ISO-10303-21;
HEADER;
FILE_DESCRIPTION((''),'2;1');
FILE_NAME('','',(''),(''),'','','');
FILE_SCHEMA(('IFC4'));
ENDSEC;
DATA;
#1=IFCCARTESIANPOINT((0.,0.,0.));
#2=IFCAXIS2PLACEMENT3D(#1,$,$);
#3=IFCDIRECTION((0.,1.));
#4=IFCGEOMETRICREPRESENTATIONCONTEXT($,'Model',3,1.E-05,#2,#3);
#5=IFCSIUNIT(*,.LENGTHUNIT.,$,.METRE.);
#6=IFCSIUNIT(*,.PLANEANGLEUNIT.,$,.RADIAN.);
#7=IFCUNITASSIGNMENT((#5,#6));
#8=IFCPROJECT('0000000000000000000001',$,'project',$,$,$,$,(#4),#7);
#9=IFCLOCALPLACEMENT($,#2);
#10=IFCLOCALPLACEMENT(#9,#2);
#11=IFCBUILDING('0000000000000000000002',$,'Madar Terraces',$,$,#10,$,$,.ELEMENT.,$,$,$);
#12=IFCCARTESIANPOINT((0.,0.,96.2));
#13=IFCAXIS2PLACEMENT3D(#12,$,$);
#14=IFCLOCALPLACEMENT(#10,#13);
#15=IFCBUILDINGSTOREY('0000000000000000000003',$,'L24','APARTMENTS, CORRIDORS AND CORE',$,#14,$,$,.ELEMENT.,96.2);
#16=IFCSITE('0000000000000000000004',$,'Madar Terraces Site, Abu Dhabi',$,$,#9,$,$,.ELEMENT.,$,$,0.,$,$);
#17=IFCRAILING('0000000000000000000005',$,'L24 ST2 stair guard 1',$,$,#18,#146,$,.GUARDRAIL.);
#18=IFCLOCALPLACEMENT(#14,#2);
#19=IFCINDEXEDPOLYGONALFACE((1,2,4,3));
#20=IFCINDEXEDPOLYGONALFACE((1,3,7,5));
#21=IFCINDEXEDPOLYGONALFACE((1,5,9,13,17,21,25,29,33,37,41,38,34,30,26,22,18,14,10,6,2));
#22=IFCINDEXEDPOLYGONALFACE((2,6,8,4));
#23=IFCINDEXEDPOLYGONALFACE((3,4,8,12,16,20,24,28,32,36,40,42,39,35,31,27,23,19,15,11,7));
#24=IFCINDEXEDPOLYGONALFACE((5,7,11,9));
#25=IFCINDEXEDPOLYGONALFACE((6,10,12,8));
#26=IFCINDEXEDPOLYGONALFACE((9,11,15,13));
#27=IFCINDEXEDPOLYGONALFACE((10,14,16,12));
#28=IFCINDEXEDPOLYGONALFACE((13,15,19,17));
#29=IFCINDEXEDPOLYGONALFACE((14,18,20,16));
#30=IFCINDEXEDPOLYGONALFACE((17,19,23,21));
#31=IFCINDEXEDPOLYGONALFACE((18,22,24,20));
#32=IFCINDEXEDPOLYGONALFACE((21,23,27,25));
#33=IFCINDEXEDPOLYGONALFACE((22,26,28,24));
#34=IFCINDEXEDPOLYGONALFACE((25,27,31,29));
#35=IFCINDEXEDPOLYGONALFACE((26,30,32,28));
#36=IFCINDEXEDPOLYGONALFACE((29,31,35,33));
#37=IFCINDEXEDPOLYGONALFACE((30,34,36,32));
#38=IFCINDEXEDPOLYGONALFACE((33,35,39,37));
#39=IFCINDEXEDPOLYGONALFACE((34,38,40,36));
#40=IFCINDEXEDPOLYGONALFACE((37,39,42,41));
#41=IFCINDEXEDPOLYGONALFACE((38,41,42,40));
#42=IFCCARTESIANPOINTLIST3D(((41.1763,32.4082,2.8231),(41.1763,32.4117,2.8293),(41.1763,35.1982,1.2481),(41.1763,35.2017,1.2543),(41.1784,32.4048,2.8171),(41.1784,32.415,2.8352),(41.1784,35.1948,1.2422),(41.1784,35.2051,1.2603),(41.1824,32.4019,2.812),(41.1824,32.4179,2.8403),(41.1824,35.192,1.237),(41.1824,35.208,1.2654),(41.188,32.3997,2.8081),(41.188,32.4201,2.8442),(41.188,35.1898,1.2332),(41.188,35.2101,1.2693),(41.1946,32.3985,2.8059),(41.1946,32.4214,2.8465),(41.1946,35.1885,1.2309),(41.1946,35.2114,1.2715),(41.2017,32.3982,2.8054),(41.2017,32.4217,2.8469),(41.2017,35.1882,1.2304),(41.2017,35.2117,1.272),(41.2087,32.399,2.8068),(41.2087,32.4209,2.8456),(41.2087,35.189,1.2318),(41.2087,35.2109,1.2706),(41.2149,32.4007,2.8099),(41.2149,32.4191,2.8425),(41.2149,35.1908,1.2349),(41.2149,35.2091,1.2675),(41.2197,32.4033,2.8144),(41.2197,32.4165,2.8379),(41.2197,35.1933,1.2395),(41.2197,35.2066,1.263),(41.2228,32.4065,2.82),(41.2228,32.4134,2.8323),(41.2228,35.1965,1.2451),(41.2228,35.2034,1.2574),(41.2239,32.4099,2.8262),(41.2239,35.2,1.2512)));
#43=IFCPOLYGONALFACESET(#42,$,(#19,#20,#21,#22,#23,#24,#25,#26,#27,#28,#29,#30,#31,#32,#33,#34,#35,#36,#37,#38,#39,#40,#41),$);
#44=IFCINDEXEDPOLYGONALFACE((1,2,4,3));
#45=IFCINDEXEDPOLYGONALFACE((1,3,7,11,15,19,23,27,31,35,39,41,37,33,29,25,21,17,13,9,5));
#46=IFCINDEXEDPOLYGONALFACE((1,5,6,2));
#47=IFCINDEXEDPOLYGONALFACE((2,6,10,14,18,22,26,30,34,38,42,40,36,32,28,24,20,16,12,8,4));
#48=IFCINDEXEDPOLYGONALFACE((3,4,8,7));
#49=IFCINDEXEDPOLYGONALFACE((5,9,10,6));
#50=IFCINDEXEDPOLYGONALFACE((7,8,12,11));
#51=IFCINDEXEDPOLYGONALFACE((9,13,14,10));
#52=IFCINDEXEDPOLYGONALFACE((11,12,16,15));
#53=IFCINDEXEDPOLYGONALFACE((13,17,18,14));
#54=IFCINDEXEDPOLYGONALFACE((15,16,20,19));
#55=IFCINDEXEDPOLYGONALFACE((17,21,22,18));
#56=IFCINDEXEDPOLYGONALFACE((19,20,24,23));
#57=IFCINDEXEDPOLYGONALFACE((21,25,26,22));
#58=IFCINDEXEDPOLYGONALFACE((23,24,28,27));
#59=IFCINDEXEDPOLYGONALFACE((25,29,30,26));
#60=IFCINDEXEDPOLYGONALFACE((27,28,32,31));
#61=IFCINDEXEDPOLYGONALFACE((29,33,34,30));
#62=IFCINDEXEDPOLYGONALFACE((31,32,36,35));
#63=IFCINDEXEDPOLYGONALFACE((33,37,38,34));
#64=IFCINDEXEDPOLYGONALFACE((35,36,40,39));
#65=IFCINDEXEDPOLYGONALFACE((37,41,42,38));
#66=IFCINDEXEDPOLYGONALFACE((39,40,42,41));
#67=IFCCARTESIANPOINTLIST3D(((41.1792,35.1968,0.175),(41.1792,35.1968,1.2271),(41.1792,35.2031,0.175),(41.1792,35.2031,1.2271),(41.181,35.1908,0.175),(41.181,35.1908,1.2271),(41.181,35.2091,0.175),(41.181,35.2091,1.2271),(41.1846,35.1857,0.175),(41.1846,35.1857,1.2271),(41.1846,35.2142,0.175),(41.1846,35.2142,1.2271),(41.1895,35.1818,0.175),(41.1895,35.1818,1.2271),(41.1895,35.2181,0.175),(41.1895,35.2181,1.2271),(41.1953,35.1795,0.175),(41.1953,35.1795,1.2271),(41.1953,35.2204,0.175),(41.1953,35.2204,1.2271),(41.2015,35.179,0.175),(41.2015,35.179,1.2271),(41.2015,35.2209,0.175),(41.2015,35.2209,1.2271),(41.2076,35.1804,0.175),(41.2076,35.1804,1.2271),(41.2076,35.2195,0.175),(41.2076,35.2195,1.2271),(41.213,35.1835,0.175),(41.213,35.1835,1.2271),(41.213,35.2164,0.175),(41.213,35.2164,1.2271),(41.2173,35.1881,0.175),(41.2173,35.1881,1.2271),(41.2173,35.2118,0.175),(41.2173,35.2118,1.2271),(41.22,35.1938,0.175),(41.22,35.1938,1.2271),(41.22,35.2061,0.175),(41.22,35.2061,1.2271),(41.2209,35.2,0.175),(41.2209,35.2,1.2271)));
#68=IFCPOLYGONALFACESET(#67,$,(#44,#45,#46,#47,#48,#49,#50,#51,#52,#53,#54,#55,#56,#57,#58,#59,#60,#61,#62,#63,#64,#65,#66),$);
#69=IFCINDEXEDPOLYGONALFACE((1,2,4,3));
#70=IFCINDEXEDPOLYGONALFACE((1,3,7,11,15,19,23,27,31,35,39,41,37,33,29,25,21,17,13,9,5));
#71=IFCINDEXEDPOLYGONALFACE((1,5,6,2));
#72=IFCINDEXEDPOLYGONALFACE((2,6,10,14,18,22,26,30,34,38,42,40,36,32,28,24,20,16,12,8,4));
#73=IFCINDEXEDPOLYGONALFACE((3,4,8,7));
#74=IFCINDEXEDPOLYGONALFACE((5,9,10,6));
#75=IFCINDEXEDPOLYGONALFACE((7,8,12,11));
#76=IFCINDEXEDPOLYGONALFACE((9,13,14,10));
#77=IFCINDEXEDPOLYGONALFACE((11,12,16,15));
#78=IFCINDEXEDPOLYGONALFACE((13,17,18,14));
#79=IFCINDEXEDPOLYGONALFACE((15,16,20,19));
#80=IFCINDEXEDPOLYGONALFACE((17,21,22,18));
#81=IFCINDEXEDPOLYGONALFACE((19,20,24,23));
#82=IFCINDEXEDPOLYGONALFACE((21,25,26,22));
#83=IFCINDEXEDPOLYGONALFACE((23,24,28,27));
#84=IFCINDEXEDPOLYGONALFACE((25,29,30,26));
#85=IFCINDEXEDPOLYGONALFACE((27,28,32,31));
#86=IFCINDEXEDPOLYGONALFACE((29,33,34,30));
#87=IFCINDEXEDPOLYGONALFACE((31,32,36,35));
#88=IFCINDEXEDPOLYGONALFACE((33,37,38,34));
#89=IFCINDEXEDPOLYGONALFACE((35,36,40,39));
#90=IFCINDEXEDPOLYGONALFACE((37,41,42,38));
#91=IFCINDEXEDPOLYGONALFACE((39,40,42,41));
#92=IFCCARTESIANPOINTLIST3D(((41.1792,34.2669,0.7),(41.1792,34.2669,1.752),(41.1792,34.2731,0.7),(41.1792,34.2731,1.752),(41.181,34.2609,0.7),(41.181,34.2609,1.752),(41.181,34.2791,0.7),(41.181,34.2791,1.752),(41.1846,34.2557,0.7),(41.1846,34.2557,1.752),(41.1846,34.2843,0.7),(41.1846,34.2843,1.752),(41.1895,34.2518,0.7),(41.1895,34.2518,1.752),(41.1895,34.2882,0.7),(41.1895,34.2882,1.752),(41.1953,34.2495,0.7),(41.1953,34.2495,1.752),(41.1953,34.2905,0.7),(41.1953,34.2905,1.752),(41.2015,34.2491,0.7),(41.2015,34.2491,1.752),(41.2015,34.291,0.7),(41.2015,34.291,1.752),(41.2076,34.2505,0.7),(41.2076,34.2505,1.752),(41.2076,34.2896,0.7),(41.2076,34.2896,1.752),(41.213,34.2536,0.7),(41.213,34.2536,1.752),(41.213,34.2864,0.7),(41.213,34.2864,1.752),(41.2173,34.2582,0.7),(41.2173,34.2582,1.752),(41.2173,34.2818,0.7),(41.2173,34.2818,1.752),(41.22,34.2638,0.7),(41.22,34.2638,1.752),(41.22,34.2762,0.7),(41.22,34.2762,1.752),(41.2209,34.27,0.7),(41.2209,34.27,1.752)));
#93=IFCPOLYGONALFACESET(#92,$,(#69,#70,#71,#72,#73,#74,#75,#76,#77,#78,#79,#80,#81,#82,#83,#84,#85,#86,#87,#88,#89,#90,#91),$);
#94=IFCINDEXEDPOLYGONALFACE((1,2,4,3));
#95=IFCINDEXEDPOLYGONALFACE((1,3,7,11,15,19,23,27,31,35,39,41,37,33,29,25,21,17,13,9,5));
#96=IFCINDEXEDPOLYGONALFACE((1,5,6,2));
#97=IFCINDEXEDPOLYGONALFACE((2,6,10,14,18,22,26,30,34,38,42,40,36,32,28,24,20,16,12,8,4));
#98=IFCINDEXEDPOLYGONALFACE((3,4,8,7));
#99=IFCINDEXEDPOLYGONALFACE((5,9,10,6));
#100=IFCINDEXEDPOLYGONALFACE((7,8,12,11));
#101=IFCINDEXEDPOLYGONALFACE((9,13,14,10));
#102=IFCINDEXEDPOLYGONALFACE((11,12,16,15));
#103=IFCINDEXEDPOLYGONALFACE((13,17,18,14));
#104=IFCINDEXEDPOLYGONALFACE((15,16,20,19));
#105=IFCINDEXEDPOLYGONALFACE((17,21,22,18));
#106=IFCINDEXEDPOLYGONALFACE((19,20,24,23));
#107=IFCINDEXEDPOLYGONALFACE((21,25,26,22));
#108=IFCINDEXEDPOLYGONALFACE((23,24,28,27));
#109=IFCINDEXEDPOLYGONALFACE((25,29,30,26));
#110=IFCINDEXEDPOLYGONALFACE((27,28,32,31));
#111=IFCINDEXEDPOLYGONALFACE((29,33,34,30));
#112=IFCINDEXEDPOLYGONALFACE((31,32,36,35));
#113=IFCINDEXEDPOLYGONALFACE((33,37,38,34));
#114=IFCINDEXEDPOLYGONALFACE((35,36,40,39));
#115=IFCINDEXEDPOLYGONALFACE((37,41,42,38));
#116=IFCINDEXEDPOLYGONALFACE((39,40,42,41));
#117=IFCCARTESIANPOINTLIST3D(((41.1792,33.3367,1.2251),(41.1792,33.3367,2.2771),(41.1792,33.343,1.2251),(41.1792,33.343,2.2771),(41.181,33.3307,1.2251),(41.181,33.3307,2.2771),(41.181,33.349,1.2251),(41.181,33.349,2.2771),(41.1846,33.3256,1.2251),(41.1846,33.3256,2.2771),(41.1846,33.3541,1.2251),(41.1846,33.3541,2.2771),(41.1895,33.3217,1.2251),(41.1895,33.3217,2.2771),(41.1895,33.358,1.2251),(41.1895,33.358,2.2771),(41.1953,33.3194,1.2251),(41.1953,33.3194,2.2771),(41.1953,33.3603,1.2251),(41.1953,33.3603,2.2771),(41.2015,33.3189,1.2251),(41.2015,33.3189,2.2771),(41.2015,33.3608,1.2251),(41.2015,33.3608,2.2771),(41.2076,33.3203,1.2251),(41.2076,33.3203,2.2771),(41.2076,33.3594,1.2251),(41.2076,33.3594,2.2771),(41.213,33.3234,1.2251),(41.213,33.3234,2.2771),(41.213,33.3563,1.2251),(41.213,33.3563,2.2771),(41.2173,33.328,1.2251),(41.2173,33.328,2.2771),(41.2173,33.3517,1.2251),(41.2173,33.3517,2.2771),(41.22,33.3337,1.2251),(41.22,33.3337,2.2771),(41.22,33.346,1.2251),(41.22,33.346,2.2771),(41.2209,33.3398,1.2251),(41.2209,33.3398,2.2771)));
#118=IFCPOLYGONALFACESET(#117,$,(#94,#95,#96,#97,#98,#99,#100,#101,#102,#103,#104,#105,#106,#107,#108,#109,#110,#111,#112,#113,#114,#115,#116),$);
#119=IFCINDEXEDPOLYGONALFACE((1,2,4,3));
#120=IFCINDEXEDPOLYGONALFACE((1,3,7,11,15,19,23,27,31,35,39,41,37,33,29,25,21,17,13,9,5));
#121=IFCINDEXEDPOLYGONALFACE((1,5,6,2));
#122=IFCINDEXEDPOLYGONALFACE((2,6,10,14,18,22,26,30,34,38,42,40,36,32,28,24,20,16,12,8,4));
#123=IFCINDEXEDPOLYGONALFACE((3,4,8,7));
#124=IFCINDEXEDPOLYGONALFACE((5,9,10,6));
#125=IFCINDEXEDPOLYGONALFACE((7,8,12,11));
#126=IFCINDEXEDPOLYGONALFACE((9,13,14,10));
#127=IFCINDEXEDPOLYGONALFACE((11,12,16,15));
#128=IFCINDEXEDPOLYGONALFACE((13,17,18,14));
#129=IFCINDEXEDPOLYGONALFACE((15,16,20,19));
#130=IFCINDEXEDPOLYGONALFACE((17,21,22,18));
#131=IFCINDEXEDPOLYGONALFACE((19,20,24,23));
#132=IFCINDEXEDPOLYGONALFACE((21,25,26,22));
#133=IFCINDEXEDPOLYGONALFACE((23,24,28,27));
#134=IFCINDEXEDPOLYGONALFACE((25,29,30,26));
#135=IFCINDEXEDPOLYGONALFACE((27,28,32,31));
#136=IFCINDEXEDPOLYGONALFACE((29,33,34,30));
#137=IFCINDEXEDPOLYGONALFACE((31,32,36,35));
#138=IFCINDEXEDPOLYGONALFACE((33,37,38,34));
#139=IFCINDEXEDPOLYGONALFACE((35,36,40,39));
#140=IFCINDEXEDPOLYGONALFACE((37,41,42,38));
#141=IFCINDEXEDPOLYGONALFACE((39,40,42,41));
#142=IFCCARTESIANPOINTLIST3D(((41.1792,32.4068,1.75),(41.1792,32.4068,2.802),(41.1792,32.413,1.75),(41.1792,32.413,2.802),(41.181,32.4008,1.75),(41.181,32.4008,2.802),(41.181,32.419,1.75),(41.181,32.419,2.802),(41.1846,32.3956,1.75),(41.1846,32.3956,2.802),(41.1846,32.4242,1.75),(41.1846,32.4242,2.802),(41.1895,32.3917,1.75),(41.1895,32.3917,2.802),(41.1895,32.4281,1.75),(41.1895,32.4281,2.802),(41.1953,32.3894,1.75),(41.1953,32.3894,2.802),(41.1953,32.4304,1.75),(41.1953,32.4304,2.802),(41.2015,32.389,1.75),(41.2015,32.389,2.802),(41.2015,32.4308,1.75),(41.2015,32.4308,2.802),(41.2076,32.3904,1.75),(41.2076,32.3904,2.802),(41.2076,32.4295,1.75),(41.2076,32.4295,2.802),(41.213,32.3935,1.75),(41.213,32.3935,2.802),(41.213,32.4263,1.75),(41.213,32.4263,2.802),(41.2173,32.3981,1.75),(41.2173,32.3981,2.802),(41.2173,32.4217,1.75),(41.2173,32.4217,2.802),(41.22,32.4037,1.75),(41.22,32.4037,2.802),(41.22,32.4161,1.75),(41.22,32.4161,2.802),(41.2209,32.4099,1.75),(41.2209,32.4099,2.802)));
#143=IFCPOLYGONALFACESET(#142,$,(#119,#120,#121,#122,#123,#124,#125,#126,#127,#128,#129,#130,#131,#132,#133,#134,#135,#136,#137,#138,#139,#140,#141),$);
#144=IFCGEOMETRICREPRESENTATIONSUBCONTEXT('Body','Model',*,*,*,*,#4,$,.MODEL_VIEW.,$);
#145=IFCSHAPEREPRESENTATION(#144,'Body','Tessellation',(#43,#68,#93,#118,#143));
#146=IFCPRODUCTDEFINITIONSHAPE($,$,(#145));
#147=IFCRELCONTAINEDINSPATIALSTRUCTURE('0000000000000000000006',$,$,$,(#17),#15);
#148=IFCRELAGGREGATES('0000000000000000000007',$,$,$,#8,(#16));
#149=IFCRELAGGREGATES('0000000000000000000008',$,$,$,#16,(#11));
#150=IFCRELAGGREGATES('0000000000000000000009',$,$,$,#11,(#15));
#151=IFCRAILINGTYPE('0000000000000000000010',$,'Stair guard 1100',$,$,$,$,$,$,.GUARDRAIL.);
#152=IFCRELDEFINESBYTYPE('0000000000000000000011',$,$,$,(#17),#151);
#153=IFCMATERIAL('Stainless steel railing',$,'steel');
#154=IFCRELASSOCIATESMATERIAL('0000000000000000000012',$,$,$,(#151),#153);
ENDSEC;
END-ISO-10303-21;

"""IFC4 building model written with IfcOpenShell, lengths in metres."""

from ifc_helpers import new_model, si_unit, direction, frame, origin, origin_2d, place, context, subcontext, project, spatial, circle, extrude, material, type_object, element, save


model = new_model("IFC4")

# Units and contexts
model_context = context("Model", 3, precision=1e-05, world=origin(), true_north=direction((0.0, 1.0)))
body_context = subcontext(model_context, "Body", "Model", "MODEL_VIEW")
ifc_project = project(units=[si_unit("LENGTHUNIT", "METRE"), si_unit("PLANEANGLEUNIT", "RADIAN")], contexts=[model_context])

# Site, building, storey
site_placement = place(None, origin())
site = spatial("IfcSite", under=ifc_project, at=site_placement, Name="Madar Terraces Site, Abu Dhabi", CompositionType="ELEMENT", RefElevation=0.0)
building_placement = place(site_placement, origin())
building = spatial("IfcBuilding", under=site, at=building_placement, Name="Madar Terraces", CompositionType="ELEMENT")
storey_placement = place(building_placement, frame((0.0, 0.0, 96.2)))
storey = spatial("IfcBuildingStorey", under=building, at=storey_placement, Name="L24", Description="APARTMENTS, CORRIDORS AND CORE", CompositionType="ELEMENT", Elevation=96.2)

# Railing
ifc_material_1 = material(Name="Stainless steel railing", Category="steel")
railing_type_1 = type_object("IfcRailingType", Name="Stair guard 1100", PredefinedType="GUARDRAIL", material=ifc_material_1)
railing_1_placement = place(storey_placement, frame((41.2, 35.2, 0.175)))
element("IfcRailing", 1, at=railing_1_placement, inside=storey, type_object=railing_type_1, Name="L24 ST2 stair guard 1", PredefinedType="GUARDRAIL", context=body_context, shape_type="SweptSolid", body=[
    extrude(circle(Radius=0.0239, at=origin_2d()), frame((0.0, 0.0, 1.0762), z_axis=(0.0, -0.870834, 0.491578), x_axis=(1.0, 0.0, 0.0)), (0.0, 0.0, 1.0), 3.2039),
    extrude(circle(Radius=0.021, at=origin_2d()), origin(), (0.0, 0.0, 1.0), 1.052),
    extrude(circle(Radius=0.021, at=origin_2d()), frame((0.0, -0.9299, 0.5249)), (0.0, 0.0, 1.0), 1.052),
    extrude(circle(Radius=0.021, at=origin_2d()), frame((0.0, -1.8601, 1.05)), (0.0, 0.0, 1.0), 1.052),
    extrude(circle(Radius=0.021, at=origin_2d()), frame((0.0, -2.79, 1.575)), (0.0, 0.0, 1.0), 1.052),
])

save(model, "model.ifc")
